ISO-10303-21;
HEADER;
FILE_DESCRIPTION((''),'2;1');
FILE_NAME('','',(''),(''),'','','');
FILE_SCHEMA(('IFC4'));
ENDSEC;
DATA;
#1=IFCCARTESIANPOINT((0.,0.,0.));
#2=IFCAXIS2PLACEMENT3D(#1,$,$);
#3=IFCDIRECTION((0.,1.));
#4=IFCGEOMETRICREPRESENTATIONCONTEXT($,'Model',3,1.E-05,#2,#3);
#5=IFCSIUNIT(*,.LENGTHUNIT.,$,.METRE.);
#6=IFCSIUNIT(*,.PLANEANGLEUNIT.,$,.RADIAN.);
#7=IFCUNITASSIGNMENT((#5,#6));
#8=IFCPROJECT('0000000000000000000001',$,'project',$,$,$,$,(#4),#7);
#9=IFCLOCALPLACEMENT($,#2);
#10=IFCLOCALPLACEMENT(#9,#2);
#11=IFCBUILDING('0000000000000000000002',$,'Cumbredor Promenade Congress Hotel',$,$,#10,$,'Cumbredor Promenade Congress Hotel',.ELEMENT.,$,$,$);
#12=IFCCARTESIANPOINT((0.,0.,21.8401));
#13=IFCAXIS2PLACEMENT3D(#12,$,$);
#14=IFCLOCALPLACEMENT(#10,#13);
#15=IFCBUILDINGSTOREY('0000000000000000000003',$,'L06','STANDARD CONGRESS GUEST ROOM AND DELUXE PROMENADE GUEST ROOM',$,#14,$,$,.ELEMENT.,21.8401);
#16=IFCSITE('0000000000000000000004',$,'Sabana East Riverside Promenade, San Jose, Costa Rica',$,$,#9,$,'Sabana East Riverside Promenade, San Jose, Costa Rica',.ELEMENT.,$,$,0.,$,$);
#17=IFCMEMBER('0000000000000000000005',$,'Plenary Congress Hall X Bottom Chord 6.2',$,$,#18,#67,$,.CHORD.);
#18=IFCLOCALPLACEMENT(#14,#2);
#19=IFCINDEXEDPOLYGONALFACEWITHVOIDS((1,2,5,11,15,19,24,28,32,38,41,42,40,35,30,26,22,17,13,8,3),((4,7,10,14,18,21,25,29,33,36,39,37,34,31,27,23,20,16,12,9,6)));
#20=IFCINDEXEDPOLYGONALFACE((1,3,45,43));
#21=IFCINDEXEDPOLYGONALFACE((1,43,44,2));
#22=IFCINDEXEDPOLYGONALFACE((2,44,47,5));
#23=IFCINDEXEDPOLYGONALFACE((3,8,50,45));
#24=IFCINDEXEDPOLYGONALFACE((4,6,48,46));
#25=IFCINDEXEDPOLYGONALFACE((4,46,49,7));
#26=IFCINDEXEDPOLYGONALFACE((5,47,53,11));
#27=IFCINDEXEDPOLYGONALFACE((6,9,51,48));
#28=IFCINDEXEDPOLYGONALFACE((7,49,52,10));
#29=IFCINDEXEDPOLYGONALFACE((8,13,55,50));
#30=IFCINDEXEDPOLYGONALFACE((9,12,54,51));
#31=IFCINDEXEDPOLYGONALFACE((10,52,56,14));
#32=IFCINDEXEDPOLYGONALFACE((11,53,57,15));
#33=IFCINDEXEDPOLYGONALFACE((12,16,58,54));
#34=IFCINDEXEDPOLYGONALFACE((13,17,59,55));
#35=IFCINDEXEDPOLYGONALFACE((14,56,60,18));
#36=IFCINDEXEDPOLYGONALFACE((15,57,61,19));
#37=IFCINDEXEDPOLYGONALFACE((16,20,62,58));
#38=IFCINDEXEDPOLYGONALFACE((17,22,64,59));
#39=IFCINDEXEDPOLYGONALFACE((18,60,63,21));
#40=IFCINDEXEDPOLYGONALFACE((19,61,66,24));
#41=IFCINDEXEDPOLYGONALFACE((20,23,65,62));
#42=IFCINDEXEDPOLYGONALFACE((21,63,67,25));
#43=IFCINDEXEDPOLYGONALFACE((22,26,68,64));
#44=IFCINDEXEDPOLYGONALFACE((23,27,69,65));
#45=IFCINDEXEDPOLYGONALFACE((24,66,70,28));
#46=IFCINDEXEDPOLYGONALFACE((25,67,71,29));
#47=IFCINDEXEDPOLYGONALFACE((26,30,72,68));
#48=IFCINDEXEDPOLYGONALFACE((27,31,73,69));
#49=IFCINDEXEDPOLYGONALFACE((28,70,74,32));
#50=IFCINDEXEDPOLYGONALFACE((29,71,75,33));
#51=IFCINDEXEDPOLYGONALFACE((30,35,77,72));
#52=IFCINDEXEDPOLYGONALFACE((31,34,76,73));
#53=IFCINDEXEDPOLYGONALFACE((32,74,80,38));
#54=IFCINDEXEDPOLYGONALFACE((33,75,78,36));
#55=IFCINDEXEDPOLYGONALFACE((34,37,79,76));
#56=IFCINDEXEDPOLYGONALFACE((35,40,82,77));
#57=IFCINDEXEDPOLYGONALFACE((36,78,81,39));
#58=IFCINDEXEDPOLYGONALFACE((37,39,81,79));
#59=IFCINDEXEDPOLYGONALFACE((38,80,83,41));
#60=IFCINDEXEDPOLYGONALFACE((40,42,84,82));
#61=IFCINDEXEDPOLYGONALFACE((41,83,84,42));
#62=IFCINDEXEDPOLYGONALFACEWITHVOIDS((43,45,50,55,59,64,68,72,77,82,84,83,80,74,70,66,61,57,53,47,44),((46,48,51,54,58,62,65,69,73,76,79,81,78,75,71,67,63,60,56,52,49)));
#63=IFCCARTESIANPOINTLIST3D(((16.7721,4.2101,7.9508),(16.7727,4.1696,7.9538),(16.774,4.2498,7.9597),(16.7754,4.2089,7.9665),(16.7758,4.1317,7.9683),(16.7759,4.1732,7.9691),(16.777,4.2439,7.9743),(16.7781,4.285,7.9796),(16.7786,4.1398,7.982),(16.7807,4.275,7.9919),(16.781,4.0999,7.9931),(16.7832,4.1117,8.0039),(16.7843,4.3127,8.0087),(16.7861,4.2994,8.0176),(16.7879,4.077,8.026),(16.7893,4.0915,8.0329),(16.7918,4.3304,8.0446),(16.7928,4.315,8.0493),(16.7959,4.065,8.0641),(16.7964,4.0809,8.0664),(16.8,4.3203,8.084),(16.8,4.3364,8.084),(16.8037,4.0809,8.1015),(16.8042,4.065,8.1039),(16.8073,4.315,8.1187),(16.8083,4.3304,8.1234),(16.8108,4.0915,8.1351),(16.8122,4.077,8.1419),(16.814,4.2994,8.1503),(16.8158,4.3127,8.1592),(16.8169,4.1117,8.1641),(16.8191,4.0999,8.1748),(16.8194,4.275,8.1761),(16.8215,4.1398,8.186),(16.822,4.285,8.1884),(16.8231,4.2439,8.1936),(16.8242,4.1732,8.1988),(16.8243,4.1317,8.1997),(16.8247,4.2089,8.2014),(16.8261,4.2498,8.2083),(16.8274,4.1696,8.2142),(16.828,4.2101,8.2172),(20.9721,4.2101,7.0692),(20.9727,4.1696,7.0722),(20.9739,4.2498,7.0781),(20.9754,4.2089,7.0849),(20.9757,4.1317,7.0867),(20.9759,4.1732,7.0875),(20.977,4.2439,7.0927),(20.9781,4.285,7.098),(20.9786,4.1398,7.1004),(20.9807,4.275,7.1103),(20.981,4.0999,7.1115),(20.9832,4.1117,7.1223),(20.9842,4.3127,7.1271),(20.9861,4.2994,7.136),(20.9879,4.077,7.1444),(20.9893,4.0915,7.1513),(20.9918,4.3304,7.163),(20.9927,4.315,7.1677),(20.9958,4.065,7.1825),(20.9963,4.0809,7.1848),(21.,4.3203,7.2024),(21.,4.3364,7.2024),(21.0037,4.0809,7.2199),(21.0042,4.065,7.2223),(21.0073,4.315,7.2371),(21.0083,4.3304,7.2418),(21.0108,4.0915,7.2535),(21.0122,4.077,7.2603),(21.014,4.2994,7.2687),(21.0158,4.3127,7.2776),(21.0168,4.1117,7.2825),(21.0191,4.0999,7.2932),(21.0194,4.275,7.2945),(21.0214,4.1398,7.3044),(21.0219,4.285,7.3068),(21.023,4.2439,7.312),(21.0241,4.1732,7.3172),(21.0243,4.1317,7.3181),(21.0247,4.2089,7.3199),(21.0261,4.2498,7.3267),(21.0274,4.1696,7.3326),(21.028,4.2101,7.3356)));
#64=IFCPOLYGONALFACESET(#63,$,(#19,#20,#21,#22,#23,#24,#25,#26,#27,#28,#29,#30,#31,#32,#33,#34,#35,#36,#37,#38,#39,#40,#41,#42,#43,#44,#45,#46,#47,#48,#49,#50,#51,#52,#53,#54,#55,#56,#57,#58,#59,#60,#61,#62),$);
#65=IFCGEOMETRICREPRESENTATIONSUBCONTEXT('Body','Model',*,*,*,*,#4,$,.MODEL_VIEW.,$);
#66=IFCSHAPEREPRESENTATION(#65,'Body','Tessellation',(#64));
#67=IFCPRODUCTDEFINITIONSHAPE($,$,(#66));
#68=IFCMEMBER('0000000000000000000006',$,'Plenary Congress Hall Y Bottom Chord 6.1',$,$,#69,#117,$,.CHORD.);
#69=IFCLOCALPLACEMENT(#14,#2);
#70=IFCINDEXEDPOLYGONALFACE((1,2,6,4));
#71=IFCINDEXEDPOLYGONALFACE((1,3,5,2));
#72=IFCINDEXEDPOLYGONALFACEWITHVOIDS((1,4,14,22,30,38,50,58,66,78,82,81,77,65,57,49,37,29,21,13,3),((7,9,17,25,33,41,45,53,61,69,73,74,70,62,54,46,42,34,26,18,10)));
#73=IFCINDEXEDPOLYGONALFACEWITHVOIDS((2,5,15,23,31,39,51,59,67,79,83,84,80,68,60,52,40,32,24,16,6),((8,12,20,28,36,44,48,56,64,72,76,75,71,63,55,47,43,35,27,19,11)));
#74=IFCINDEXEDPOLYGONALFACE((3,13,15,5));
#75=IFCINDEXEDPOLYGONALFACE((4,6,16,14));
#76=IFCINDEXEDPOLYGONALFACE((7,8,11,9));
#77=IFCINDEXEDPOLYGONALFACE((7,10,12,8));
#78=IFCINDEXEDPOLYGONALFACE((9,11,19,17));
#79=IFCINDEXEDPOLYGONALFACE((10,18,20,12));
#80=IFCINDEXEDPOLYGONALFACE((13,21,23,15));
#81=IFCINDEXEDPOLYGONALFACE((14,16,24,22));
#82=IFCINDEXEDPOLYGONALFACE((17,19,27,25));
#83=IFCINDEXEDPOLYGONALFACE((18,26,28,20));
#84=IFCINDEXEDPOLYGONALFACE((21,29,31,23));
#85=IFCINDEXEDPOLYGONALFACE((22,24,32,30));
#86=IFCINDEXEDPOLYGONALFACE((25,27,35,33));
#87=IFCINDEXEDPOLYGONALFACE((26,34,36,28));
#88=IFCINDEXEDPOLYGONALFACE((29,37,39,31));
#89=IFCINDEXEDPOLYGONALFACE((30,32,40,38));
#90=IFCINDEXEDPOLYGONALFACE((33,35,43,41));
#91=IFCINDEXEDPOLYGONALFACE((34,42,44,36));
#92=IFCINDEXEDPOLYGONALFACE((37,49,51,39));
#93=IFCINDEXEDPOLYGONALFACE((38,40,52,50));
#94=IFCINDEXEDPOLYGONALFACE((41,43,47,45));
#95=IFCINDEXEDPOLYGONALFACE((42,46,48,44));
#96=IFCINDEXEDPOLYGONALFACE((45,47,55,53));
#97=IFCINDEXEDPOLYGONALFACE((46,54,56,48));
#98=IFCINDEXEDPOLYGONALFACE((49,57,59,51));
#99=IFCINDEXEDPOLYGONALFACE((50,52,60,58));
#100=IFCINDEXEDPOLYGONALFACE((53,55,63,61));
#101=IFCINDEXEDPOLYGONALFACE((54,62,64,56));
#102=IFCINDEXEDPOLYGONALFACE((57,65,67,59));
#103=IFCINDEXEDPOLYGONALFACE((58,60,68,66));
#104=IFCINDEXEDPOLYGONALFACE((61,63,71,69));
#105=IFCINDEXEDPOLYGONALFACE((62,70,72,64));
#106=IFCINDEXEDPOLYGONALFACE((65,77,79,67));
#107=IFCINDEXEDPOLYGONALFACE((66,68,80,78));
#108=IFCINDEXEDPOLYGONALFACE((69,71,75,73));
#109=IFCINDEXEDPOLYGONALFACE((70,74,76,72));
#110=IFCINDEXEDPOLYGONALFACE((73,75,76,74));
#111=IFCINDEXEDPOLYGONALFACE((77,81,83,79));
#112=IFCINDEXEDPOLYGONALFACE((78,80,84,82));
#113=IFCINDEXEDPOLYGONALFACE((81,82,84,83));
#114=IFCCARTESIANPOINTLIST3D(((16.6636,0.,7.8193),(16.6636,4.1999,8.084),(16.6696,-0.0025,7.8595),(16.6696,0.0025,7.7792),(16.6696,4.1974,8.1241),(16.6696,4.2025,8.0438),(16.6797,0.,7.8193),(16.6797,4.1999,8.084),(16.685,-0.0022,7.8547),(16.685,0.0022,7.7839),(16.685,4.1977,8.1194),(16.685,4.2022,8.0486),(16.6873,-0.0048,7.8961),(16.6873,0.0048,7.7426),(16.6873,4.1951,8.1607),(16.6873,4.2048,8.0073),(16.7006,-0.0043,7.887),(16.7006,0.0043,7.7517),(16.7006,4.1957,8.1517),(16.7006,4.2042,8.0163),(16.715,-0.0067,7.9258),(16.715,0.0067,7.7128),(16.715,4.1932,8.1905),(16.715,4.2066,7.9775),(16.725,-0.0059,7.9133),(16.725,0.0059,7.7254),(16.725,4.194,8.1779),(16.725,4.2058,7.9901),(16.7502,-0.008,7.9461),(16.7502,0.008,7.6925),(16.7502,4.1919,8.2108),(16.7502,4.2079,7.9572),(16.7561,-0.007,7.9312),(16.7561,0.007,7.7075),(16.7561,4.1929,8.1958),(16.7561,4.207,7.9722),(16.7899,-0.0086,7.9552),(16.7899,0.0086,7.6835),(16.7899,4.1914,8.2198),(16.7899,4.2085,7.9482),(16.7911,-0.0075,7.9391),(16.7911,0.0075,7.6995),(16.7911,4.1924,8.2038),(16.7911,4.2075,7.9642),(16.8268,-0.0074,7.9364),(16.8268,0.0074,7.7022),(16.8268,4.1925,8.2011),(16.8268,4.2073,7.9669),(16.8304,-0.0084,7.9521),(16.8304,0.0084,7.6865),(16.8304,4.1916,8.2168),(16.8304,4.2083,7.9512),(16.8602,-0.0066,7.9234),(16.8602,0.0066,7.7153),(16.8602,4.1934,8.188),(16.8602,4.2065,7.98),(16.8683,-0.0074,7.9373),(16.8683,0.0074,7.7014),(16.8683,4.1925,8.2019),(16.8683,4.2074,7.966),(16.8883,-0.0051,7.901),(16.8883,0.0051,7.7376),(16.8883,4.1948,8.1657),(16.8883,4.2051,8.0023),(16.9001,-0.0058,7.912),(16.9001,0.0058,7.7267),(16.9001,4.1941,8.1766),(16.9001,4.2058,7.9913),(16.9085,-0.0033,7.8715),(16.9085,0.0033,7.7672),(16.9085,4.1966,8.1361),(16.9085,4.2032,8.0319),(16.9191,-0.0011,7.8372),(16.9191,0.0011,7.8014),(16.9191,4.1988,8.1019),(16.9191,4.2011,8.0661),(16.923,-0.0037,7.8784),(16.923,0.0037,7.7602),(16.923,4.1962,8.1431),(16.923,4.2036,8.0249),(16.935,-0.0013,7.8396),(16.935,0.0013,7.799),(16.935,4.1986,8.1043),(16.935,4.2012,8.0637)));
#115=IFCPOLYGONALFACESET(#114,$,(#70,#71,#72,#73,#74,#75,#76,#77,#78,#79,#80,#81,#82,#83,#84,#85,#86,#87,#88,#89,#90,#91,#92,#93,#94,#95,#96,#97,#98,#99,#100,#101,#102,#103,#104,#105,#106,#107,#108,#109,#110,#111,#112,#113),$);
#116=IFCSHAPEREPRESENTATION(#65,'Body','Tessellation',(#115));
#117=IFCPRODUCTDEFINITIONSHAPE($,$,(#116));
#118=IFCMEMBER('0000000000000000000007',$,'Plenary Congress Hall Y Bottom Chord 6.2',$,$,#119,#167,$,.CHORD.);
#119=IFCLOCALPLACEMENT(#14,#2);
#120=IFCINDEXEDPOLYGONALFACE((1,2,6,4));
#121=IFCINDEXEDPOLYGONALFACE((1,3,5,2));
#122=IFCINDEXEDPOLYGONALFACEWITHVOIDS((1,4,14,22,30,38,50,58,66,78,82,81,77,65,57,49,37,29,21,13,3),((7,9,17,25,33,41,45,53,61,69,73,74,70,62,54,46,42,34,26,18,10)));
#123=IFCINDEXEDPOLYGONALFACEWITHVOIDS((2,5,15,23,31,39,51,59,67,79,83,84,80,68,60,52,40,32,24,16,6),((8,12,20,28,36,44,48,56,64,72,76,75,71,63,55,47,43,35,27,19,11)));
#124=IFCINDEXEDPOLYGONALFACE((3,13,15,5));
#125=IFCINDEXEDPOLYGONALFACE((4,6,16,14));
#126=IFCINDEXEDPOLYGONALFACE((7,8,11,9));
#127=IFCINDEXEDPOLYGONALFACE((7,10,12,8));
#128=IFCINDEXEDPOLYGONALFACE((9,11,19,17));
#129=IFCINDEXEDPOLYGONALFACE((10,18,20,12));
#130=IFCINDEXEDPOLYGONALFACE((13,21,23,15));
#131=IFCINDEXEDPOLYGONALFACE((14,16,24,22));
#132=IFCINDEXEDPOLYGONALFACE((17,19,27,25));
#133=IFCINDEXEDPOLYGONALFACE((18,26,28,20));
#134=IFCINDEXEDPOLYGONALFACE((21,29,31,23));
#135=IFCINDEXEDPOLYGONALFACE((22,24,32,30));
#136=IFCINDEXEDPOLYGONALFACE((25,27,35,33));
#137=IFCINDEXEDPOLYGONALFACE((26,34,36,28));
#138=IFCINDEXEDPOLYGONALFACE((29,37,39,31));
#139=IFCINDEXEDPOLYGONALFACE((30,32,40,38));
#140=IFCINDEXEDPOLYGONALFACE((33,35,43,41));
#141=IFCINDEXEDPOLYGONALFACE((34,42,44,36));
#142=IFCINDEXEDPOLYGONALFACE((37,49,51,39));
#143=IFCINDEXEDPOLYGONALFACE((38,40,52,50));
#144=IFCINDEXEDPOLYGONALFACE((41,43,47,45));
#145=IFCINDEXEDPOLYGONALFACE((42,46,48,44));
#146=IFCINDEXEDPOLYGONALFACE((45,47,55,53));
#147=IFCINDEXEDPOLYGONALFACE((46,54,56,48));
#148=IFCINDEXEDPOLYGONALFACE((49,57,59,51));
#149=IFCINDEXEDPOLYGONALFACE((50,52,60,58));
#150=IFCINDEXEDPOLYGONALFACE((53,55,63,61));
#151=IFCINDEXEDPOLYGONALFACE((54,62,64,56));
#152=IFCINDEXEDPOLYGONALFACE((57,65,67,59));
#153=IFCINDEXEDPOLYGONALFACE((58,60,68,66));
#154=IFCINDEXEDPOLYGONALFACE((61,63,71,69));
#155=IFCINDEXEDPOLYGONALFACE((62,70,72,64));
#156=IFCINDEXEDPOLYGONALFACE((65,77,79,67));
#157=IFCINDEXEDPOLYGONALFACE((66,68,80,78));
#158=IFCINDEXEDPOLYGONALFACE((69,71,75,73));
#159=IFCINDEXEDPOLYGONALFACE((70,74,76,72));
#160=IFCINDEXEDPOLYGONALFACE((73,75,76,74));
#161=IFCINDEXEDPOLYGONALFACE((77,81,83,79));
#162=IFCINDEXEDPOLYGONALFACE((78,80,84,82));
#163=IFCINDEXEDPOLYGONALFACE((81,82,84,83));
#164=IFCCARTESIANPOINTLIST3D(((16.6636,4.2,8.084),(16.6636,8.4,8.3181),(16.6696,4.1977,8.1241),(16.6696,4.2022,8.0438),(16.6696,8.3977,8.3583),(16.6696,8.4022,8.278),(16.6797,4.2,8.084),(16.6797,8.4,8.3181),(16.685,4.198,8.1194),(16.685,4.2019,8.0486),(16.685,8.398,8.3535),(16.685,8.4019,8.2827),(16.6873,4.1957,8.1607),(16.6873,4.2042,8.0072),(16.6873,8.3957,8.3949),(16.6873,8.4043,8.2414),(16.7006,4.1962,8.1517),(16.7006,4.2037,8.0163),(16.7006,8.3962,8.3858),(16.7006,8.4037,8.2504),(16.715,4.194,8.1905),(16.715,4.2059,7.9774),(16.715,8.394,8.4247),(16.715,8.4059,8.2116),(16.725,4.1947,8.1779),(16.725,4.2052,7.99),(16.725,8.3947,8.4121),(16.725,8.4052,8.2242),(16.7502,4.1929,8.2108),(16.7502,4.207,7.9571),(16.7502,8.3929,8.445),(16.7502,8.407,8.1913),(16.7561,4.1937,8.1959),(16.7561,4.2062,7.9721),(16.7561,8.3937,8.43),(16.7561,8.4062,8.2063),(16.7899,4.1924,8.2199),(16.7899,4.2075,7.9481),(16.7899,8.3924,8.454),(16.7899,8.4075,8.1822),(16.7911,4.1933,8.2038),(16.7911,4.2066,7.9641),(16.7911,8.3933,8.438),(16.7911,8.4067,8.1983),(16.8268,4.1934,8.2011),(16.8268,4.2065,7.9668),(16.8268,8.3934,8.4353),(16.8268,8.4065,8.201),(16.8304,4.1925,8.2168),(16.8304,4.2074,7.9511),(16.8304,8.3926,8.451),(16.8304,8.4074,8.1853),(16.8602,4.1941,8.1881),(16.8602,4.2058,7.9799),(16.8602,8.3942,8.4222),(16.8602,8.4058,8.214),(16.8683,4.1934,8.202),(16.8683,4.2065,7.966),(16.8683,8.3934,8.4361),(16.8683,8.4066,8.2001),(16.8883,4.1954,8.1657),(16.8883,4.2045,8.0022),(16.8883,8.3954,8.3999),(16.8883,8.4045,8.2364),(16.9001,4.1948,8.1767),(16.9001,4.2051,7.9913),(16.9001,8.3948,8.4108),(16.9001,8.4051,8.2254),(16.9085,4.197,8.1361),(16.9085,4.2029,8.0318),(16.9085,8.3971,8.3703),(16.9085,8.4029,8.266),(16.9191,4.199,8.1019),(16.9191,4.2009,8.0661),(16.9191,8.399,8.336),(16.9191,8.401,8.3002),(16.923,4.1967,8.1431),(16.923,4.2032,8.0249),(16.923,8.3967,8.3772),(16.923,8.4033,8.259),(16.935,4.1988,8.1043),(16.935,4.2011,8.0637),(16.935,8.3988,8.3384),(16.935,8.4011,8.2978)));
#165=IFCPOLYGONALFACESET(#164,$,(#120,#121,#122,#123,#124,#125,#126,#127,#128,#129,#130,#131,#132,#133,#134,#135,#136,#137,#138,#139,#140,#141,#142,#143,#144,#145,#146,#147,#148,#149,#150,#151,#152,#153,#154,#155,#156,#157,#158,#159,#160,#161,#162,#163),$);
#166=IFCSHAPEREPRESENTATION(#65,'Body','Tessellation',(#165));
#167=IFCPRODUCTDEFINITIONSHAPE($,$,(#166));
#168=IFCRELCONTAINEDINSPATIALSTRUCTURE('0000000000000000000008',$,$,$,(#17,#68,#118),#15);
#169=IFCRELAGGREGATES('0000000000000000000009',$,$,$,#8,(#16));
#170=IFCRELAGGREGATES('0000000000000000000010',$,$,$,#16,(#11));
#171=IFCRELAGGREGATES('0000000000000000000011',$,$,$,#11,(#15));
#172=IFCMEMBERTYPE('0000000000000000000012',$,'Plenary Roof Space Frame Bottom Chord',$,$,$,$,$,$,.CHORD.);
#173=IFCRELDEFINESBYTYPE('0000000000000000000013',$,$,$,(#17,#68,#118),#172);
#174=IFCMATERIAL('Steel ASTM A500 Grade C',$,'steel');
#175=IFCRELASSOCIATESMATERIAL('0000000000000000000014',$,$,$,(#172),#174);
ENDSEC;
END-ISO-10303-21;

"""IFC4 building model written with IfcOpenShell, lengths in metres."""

from ifc_helpers import new_model, si_unit, direction, frame, origin, origin_2d, place, context, subcontext, project, spatial, hollow_circle, extrude, material, material_profile, profile_set, type_object, element, save


model = new_model("IFC4")

# Units and contexts
model_context = context("Model", 3, precision=1e-05, world=origin(), true_north=direction((0.0, 1.0)))
body_context = subcontext(model_context, "Body", "Model", "MODEL_VIEW")
ifc_project = project(units=[si_unit("LENGTHUNIT", "METRE"), si_unit("PLANEANGLEUNIT", "RADIAN")], contexts=[model_context])

# Site, building, storey
site_placement = place(None, origin())
site = spatial("IfcSite", under=ifc_project, at=site_placement, Name="Sabana East Riverside Promenade, San Jose, Costa Rica", LongName="Sabana East Riverside Promenade, San Jose, Costa Rica", CompositionType="ELEMENT", RefElevation=0.0)
building_placement = place(site_placement, origin())
building = spatial("IfcBuilding", under=site, at=building_placement, Name="Cumbredor Promenade Congress Hotel", LongName="Cumbredor Promenade Congress Hotel", CompositionType="ELEMENT")
storey_placement = place(building_placement, frame((0.0, 0.0, 21.8401)))
storey = spatial("IfcBuildingStorey", under=building, at=storey_placement, Name="L06", Description="STANDARD CONGRESS GUEST ROOM AND DELUXE PROMENADE GUEST ROOM", CompositionType="ELEMENT", Elevation=21.8401)

# Members
ifc_material_1 = material(Name="Steel ASTM A500 Grade C", Category="steel")
ifc_material_profile_1 = material_profile(ifc_material_1, hollow_circle(Radius=0.1365, WallThickness=0.0161, at=origin_2d()), Name="CHS 273.0x16")
ifc_profile_set_1 = profile_set([ifc_material_profile_1], Name="Steel ASTM A500 Grade C")
member_type_1 = type_object("IfcMemberType", Name="Plenary Roof Space Frame Bottom Chord", PredefinedType="CHORD", material=ifc_profile_set_1)
member_1_placement = place(storey_placement, frame((16.8, 4.2, 8.084), z_axis=(0.978672, 0.0, -0.205428), x_axis=(0.0, 1.0, 0.0)))
element("IfcMember", 1, at=member_1_placement, inside=storey, type_object=member_type_1, Name="Plenary Congress Hall X Bottom Chord 6.2", PredefinedType="CHORD", context=body_context, shape_type="SweptSolid", body=[
    extrude(hollow_circle(Radius=0.1365, WallThickness=0.0161, at=origin_2d()), origin(), (0.0, 0.0, 1.0), 4.2915),
])
member_2_placement = place(storey_placement, frame((16.8, 0.0, 7.8193), z_axis=(0.0, 0.998021, 0.062888), x_axis=(-1.0, 0.0, 0.0)))
element("IfcMember", 2, at=member_2_placement, inside=storey, type_object=member_type_1, Name="Plenary Congress Hall Y Bottom Chord 6.1", PredefinedType="CHORD", context=body_context, shape_type="SweptSolid", body=[
    extrude(hollow_circle(Radius=0.1365, WallThickness=0.0161, at=origin_2d()), origin(), (0.0, 0.0, 1.0), 4.2083),
])
member_3_placement = place(storey_placement, frame((16.8, 4.2, 8.084), z_axis=(0.0, 0.99845, 0.05566), x_axis=(-1.0, 0.0, 0.0)))
element("IfcMember", 3, at=member_3_placement, inside=storey, type_object=member_type_1, Name="Plenary Congress Hall Y Bottom Chord 6.2", PredefinedType="CHORD", context=body_context, shape_type="SweptSolid", body=[
    extrude(hollow_circle(Radius=0.1365, WallThickness=0.0161, at=origin_2d()), origin(), (0.0, 0.0, 1.0), 4.2065),
])

save(model, "model.ifc")
